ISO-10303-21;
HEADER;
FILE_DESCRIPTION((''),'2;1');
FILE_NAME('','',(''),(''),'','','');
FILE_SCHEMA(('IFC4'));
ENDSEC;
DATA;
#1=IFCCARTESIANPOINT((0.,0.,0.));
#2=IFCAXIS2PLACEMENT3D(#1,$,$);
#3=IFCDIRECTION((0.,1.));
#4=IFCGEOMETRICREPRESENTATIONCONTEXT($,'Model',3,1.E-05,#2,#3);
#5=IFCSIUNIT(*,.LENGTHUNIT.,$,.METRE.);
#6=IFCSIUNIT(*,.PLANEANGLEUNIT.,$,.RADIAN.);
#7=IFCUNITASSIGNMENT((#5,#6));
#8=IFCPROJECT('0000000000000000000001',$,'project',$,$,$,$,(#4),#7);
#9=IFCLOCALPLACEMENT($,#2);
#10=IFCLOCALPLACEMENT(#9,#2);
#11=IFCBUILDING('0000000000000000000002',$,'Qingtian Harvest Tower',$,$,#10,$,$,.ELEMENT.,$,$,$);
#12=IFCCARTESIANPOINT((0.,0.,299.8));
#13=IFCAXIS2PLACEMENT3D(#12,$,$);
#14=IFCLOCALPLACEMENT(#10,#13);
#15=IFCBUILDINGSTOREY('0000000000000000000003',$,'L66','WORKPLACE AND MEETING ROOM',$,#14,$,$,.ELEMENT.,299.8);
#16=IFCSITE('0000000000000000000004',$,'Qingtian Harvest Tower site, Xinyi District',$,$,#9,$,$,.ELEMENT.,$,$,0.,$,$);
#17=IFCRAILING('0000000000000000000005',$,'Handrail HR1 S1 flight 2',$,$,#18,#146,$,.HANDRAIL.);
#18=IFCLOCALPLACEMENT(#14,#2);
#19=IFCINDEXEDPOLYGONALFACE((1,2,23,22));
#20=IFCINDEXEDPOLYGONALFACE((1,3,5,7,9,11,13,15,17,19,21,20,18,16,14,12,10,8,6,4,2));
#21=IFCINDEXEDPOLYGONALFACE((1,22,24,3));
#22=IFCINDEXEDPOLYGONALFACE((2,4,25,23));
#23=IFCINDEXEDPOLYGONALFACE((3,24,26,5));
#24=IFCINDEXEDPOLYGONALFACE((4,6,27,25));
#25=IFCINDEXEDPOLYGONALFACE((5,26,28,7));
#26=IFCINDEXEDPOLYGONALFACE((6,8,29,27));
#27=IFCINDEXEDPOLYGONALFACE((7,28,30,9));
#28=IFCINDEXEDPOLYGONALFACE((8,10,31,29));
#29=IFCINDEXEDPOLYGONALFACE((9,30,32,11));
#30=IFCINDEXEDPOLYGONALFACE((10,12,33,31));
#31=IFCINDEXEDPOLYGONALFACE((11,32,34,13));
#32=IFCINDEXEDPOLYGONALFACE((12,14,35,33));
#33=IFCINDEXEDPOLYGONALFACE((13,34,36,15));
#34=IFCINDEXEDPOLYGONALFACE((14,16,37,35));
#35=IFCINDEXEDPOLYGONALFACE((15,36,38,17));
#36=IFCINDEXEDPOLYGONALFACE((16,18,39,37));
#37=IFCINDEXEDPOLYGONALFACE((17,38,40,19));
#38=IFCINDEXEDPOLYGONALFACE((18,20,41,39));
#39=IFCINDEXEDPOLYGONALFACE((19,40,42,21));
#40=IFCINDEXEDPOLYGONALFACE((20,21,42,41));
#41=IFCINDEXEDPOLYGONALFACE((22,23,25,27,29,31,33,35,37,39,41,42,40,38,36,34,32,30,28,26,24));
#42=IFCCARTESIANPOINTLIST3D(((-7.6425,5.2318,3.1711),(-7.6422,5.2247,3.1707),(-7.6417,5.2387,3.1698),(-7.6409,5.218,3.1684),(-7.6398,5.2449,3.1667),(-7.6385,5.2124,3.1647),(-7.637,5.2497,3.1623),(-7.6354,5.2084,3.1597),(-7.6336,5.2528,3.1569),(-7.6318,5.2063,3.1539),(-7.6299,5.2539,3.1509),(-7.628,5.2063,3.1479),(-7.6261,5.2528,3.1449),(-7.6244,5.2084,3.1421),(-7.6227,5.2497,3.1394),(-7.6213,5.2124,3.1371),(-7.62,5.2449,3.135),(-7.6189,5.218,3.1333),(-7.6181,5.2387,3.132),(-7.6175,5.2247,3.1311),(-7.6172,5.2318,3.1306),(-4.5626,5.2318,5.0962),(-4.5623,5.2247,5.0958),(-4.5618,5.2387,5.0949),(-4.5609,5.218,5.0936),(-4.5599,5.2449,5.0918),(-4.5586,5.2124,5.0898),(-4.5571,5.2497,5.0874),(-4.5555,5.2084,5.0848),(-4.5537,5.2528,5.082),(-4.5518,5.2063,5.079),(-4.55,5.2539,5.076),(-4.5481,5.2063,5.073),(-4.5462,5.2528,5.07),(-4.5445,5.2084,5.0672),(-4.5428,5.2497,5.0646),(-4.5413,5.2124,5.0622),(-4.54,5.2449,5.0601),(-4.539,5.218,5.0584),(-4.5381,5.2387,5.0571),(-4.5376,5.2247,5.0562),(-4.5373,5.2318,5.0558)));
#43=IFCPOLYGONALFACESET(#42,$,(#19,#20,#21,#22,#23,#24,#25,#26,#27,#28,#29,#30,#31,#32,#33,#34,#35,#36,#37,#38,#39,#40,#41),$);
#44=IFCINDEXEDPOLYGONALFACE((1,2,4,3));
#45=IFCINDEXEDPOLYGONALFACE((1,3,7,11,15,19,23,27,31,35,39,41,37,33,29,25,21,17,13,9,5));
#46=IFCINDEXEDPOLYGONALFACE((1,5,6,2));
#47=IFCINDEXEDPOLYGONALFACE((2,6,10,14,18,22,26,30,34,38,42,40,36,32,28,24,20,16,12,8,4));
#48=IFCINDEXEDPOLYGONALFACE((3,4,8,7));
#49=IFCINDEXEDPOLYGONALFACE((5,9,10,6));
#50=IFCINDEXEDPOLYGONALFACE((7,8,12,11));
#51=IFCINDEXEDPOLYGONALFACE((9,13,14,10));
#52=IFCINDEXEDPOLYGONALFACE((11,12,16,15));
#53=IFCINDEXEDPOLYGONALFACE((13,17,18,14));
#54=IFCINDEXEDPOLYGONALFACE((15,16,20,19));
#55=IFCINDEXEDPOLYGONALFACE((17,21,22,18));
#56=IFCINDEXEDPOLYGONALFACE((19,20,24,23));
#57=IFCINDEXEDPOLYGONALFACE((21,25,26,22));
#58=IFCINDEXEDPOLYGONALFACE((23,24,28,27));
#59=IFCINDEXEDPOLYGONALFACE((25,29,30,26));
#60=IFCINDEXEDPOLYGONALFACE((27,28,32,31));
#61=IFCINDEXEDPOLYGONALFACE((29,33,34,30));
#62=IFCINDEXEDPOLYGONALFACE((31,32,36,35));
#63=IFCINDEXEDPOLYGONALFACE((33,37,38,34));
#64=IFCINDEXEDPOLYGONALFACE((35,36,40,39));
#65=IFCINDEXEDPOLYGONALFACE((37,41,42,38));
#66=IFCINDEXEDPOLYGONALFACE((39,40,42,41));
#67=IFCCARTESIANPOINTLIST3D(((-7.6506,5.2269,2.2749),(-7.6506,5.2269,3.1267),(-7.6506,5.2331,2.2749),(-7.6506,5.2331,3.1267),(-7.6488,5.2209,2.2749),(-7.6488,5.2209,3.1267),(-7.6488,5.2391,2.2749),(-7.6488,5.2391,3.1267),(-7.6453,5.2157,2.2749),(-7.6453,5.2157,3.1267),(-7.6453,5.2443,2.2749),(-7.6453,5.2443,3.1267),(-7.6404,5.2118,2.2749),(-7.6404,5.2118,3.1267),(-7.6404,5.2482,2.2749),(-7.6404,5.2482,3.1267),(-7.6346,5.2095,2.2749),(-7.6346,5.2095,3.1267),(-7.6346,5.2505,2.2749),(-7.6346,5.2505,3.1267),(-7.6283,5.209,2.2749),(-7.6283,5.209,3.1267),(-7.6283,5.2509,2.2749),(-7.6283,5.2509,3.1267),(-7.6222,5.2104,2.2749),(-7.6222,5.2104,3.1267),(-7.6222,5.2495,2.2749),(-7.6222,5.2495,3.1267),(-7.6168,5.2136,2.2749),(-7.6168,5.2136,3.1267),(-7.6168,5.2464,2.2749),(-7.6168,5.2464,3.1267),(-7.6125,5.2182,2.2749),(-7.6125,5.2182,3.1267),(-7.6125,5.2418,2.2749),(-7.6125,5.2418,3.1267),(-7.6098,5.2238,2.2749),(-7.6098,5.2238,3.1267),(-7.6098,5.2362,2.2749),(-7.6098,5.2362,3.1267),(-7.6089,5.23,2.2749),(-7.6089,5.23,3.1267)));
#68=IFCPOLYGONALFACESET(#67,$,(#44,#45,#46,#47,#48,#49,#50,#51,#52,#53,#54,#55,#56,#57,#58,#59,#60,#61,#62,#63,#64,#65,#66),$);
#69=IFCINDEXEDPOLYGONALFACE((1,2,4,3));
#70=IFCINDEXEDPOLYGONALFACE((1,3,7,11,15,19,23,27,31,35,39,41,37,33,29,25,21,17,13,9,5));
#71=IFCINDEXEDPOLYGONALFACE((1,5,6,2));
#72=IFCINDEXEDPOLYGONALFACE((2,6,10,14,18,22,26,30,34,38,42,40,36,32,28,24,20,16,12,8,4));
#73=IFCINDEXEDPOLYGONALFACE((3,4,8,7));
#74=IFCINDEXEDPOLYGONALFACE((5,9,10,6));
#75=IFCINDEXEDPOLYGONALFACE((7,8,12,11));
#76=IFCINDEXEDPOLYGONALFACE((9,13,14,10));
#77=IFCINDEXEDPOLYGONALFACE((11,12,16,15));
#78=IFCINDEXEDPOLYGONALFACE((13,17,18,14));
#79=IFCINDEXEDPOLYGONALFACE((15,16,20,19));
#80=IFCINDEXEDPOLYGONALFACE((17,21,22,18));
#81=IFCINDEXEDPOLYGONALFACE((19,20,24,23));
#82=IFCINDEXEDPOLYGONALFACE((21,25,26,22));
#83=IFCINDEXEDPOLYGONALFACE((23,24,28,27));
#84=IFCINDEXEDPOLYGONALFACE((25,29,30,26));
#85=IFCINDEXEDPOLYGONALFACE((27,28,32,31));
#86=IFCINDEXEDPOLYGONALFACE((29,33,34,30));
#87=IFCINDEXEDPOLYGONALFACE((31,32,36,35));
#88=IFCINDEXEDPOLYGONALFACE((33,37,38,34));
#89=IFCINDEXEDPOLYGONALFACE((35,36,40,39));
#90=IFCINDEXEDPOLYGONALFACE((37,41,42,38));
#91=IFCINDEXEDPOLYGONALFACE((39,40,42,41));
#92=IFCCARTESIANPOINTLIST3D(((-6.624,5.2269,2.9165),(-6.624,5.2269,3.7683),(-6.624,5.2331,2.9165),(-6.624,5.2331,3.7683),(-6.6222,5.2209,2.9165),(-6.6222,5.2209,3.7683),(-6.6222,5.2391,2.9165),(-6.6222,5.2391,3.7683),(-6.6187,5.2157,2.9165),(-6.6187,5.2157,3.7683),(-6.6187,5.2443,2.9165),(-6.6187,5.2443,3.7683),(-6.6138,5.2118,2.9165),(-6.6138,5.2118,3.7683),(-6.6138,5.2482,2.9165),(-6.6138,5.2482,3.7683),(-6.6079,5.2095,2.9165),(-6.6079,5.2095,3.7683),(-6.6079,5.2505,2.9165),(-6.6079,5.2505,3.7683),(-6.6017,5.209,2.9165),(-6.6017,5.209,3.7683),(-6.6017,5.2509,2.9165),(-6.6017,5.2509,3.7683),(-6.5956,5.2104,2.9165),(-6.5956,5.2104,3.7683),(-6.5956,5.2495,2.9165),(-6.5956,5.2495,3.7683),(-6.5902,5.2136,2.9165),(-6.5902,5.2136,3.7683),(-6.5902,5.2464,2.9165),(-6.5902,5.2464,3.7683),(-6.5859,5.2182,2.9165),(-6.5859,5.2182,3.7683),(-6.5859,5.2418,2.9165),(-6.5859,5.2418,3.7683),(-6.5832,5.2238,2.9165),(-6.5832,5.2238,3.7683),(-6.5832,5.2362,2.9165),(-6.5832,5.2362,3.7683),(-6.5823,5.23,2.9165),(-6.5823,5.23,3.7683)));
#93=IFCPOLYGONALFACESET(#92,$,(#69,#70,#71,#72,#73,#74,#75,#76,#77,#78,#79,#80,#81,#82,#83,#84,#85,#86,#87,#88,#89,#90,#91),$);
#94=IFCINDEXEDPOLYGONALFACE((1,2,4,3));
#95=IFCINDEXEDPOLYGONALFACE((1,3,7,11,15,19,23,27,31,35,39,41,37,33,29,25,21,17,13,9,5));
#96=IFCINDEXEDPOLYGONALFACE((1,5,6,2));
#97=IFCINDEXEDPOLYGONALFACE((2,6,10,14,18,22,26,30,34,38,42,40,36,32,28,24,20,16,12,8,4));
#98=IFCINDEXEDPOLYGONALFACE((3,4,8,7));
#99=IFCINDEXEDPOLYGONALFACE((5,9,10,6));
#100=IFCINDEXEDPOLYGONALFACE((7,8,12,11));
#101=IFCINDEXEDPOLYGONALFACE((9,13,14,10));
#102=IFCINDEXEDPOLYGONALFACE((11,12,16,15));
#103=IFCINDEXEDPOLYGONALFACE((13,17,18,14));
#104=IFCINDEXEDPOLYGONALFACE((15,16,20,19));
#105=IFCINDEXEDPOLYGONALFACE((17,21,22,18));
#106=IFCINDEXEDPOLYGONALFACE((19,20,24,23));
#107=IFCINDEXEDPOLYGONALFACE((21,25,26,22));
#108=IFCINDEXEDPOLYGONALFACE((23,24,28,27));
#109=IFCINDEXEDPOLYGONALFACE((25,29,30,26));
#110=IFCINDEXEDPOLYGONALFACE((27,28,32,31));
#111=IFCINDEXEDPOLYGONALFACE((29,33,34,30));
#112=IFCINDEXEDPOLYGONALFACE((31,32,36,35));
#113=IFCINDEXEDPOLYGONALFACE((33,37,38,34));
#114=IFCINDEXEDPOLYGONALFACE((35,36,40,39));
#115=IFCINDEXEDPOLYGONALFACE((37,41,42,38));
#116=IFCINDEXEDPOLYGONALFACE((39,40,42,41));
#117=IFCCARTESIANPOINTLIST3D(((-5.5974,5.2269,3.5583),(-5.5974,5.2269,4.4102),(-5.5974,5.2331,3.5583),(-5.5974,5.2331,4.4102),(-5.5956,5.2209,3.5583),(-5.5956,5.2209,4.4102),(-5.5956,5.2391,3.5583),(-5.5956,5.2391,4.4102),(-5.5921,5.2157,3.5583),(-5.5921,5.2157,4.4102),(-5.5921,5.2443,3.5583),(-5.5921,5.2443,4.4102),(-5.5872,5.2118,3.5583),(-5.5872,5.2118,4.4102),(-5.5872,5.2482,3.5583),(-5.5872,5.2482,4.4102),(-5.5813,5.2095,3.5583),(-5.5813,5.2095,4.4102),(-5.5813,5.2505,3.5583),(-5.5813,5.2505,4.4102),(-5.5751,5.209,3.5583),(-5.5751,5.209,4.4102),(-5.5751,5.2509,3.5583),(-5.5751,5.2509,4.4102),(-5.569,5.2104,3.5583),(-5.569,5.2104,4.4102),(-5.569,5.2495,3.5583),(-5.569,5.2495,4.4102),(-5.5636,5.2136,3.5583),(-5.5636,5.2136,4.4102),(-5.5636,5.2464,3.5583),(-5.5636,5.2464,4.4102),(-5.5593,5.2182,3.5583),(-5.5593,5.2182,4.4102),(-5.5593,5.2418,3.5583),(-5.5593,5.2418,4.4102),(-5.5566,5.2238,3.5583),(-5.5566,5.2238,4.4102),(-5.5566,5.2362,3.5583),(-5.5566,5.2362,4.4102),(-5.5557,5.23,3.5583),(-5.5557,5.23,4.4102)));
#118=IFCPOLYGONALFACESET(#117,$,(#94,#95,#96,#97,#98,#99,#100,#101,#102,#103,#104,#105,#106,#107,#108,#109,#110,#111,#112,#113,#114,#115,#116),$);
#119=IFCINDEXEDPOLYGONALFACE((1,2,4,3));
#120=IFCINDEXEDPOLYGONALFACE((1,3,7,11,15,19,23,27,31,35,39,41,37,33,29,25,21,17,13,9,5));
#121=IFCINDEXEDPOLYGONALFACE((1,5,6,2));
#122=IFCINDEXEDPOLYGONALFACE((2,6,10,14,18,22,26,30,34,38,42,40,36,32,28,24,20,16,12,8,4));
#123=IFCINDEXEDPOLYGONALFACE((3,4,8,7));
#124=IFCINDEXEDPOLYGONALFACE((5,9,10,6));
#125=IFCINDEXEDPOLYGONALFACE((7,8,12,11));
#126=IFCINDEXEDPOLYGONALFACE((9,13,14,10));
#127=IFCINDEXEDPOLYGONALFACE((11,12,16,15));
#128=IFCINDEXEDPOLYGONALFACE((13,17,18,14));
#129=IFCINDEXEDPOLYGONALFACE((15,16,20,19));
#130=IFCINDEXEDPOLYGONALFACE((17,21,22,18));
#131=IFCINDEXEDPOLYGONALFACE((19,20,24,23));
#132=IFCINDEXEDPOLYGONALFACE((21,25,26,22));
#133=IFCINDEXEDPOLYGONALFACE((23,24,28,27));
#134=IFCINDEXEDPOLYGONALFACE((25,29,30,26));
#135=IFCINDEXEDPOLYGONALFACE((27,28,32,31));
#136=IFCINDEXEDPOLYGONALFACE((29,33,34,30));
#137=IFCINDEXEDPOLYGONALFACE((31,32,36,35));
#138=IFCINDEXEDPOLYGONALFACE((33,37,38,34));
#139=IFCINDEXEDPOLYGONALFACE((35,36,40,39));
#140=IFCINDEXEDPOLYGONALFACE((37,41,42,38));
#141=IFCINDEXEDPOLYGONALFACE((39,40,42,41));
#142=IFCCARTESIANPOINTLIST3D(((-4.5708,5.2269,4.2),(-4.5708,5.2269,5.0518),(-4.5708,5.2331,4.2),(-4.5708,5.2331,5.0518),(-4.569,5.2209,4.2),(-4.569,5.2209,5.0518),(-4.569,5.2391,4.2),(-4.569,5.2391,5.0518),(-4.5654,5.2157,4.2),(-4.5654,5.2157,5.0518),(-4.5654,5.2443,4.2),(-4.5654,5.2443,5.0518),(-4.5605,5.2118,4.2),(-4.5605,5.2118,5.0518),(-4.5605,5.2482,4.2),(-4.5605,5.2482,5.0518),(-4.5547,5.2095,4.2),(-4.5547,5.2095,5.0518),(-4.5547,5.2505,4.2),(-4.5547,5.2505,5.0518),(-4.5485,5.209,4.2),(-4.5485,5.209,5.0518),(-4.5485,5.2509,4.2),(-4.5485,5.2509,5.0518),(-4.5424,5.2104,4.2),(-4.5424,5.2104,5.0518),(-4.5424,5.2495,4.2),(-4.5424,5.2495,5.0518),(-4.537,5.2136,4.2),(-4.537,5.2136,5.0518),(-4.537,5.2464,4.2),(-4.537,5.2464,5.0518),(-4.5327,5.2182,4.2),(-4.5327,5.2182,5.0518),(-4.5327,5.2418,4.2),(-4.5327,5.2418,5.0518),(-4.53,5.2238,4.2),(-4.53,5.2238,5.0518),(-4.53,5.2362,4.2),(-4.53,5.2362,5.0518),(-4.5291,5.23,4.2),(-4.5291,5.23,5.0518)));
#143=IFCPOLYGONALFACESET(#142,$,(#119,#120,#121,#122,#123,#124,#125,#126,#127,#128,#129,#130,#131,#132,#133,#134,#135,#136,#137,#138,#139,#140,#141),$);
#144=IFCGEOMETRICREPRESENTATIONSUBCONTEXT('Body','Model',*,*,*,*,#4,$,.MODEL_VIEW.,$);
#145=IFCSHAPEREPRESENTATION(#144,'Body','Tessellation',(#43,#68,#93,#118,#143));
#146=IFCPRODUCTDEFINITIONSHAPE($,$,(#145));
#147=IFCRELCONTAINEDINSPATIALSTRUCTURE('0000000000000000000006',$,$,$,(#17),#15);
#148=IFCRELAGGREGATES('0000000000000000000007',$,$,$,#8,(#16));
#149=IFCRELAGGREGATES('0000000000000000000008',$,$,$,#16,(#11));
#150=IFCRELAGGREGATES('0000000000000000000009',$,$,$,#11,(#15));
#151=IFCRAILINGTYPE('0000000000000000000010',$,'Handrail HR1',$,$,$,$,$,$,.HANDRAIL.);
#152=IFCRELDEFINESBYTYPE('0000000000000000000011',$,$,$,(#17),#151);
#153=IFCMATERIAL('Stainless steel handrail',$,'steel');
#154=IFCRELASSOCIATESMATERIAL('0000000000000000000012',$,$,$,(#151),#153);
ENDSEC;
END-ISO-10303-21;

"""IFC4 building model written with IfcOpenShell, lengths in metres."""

from ifc_helpers import new_model, si_unit, direction, frame, origin, origin_2d, place, context, subcontext, project, spatial, circle, extrude, material, type_object, element, save


model = new_model("IFC4")

# Units and contexts
model_context = context("Model", 3, precision=1e-05, world=origin(), true_north=direction((0.0, 1.0)))
body_context = subcontext(model_context, "Body", "Model", "MODEL_VIEW")
ifc_project = project(units=[si_unit("LENGTHUNIT", "METRE"), si_unit("PLANEANGLEUNIT", "RADIAN")], contexts=[model_context])

# Site, building, storey
site_placement = place(None, origin())
site = spatial("IfcSite", under=ifc_project, at=site_placement, Name="Qingtian Harvest Tower site, Xinyi District", CompositionType="ELEMENT", RefElevation=0.0)
building_placement = place(site_placement, origin())
building = spatial("IfcBuilding", under=site, at=building_placement, Name="Qingtian Harvest Tower", CompositionType="ELEMENT")
storey_placement = place(building_placement, frame((0.0, 0.0, 299.8)))
storey = spatial("IfcBuildingStorey", under=building, at=storey_placement, Name="L66", Description="WORKPLACE AND MEETING ROOM", CompositionType="ELEMENT", Elevation=299.8)

# Railing
ifc_material_1 = material(Name="Stainless steel handrail", Category="steel")
railing_type = type_object("IfcRailingType", Name="Handrail HR1", PredefinedType="HANDRAIL", material=ifc_material_1)
railing_1_placement = place(storey_placement, frame((-7.6299, 5.23, 2.2749)))
element("IfcRailing", 1, at=railing_1_placement, inside=storey, type_object=railing_type, Name="Handrail HR1 S1 flight 2", PredefinedType="HANDRAIL", context=body_context, shape_type="SweptSolid", body=[
    extrude(circle(Radius=0.0239, at=origin_2d()), frame((0.0, 0.0, 0.876), z_axis=(0.847979, 0.0, 0.530029), x_axis=(0.0, 1.0, 0.0)), (0.0, 0.0, 1.0), 3.6321),
    extrude(circle(Radius=0.021, at=origin_2d()), origin(), (0.0, 0.0, 1.0), 0.8518),
    extrude(circle(Radius=0.021, at=origin_2d()), frame((1.0266, 0.0, 0.6416)), (0.0, 0.0, 1.0), 0.8518),
    extrude(circle(Radius=0.021, at=origin_2d()), frame((2.0532, 0.0, 1.2834)), (0.0, 0.0, 1.0), 0.8518),
    extrude(circle(Radius=0.021, at=origin_2d()), frame((3.0798, 0.0, 1.925)), (0.0, 0.0, 1.0), 0.8518),
])

save(model, "model.ifc")
